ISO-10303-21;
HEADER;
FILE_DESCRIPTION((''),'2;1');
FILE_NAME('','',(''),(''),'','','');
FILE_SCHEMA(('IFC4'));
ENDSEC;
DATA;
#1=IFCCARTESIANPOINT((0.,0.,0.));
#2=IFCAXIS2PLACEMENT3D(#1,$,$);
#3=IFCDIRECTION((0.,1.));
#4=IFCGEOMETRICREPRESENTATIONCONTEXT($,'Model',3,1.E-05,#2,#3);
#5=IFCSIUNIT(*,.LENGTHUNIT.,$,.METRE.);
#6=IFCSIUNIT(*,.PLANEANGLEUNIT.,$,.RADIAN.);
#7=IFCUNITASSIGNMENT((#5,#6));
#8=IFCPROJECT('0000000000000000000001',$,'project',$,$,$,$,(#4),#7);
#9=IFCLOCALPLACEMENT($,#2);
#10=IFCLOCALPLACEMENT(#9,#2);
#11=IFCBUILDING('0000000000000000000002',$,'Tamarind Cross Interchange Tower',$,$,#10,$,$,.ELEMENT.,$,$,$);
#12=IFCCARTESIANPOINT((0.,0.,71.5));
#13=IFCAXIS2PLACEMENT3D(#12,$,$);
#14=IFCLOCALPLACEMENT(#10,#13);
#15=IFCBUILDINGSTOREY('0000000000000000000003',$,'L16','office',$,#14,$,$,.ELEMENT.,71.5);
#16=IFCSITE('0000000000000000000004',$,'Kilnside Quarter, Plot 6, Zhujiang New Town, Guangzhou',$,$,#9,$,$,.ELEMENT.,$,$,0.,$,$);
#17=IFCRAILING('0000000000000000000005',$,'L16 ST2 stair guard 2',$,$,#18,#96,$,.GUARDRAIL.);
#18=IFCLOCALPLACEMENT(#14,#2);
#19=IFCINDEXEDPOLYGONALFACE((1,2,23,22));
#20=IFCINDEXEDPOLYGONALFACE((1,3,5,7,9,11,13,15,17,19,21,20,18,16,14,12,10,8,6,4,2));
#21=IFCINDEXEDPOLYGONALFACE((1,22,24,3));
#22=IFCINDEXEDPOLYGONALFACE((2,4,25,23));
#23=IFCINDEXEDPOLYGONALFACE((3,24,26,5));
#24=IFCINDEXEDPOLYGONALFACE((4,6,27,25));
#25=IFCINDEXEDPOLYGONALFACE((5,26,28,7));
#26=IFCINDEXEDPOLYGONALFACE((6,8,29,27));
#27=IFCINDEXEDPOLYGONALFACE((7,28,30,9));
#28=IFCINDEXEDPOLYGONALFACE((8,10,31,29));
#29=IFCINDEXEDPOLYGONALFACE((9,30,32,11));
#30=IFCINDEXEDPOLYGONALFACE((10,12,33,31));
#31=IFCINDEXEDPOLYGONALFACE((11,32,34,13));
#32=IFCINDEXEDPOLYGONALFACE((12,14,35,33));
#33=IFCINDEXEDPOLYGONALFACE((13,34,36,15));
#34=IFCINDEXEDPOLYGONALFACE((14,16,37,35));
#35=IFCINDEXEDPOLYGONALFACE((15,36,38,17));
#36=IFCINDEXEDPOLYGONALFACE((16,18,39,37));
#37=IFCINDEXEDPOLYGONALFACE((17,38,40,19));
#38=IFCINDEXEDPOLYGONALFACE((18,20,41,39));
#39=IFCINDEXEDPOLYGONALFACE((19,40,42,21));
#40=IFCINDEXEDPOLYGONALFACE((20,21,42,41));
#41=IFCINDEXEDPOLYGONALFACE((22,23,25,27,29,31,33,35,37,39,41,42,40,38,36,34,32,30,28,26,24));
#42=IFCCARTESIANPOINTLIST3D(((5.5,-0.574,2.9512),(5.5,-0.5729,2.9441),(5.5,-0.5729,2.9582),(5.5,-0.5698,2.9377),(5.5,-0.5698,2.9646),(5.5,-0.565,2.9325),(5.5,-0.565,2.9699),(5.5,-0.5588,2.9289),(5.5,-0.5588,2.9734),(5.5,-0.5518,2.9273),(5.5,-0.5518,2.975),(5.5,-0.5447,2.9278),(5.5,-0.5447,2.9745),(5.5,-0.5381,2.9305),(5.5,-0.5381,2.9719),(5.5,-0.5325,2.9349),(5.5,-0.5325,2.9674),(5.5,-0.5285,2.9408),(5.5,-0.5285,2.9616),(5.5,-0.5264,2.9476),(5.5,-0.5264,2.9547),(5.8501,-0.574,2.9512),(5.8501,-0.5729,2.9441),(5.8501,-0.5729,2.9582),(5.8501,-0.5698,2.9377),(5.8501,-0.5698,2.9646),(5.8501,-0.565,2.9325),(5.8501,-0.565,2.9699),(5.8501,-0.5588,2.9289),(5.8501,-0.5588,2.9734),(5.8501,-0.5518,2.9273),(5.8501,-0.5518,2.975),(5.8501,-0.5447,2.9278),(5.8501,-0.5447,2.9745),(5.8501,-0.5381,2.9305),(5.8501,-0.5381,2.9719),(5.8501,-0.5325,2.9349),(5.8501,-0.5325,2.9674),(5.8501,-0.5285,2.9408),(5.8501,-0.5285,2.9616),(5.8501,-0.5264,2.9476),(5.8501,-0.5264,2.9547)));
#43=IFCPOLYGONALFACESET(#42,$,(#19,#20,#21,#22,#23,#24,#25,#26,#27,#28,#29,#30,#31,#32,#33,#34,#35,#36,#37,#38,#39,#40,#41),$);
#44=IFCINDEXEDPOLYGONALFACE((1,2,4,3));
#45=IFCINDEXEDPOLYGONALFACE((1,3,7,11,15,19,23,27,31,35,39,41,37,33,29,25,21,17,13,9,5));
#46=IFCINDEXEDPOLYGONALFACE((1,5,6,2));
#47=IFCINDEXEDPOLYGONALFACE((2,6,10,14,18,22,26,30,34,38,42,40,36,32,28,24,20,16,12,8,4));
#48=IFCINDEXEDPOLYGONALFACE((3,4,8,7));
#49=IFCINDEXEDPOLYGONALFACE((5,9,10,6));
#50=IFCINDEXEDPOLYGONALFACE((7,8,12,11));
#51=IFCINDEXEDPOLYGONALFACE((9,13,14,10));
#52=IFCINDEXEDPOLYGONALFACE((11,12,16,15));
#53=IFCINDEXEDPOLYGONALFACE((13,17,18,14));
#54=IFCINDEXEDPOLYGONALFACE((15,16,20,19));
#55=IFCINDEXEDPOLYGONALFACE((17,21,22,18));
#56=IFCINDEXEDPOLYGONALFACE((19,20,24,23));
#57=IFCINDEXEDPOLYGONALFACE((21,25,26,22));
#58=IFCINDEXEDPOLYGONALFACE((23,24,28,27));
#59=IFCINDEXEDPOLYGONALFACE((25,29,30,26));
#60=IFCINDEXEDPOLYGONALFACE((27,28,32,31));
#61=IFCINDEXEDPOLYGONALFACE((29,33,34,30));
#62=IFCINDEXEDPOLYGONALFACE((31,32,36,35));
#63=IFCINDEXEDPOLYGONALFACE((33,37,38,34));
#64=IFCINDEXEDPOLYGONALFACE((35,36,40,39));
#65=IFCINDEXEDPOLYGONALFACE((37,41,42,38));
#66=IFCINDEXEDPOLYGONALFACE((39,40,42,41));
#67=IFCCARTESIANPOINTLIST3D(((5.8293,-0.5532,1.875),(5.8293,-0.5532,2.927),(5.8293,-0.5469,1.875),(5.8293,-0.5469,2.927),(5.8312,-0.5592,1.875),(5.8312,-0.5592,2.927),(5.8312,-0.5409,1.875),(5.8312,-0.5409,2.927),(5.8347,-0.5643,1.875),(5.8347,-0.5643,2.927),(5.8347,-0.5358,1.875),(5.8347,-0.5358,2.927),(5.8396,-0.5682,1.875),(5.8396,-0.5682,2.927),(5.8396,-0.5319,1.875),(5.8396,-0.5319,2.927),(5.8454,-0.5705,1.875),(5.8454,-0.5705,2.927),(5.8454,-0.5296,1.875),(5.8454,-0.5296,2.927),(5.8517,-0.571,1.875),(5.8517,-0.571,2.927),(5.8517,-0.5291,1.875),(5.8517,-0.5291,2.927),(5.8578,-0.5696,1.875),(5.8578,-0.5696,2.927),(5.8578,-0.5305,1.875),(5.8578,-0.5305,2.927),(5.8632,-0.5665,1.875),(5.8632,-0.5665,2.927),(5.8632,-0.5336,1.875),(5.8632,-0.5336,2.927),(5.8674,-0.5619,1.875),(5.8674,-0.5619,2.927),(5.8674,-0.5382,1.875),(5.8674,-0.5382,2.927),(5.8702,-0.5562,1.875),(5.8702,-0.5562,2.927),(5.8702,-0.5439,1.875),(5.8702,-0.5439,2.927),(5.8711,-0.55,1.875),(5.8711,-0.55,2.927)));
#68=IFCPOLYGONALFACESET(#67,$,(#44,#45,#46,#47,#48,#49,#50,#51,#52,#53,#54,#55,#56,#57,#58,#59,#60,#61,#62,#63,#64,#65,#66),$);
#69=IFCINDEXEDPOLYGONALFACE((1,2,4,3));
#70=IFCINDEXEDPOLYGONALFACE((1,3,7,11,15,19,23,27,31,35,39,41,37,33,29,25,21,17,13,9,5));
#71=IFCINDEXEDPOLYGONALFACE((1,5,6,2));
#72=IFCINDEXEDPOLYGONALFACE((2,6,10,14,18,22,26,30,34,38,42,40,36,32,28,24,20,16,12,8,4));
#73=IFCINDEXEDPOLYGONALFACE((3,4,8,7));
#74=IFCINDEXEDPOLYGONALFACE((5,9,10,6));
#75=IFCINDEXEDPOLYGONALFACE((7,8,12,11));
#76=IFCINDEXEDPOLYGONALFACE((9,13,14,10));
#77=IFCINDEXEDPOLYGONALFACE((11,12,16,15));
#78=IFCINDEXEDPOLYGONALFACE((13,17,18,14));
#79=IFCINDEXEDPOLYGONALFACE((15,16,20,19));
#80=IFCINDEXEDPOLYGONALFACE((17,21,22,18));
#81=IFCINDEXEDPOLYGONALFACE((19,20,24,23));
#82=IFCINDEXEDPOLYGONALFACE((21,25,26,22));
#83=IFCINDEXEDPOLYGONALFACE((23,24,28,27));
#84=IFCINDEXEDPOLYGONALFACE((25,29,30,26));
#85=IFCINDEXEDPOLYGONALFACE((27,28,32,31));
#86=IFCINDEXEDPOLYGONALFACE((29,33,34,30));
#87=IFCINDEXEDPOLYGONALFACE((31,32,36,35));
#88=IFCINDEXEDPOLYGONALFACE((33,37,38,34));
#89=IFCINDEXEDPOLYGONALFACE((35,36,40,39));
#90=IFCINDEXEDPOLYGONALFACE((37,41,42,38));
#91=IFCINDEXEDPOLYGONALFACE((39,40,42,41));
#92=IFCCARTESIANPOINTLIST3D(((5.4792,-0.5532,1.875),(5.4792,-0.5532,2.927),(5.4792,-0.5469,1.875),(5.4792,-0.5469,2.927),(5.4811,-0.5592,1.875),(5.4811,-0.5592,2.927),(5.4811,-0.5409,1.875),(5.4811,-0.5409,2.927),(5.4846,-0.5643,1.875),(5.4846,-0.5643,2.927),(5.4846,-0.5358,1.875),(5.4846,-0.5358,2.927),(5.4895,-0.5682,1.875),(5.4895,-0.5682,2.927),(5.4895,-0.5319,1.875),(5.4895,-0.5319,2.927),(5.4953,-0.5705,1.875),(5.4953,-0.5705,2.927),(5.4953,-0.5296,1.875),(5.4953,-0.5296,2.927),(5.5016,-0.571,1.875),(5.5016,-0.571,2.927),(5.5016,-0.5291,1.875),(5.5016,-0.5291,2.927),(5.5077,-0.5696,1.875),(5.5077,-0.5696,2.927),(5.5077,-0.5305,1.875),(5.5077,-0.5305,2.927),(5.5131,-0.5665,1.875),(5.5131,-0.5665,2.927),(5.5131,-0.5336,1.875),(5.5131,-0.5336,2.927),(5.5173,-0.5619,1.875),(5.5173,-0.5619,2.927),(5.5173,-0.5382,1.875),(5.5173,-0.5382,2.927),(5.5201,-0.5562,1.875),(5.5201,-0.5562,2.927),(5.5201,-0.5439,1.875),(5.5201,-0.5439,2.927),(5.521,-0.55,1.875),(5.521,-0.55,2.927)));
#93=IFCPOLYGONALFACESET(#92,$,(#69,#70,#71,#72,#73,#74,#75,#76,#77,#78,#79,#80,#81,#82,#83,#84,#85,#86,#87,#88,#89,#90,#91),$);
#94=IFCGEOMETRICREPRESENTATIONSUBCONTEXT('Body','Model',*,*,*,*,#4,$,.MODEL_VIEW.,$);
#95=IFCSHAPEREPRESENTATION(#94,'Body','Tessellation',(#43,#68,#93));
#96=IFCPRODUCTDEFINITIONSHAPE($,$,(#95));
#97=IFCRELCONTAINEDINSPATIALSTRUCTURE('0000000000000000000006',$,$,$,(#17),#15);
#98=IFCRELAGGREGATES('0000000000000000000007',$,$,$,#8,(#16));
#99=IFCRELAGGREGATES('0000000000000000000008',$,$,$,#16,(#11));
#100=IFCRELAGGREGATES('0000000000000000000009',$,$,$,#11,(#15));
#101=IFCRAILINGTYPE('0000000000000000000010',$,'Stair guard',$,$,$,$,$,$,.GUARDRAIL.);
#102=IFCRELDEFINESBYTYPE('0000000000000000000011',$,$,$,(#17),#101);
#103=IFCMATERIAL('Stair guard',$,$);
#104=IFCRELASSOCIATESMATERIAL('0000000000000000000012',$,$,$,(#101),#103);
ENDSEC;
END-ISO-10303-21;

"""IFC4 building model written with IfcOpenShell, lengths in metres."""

from ifc_helpers import new_model, si_unit, direction, frame, origin, origin_2d, place, context, subcontext, project, spatial, circle, extrude, material, type_object, element, save


model = new_model("IFC4")

# Units and contexts
model_context = context("Model", 3, precision=1e-05, world=origin(), true_north=direction((0.0, 1.0)))
body_context = subcontext(model_context, "Body", "Model", "MODEL_VIEW")
ifc_project = project(units=[si_unit("LENGTHUNIT", "METRE"), si_unit("PLANEANGLEUNIT", "RADIAN")], contexts=[model_context])

# Site, building, storey
site_placement = place(None, origin())
site = spatial("IfcSite", under=ifc_project, at=site_placement, Name="Kilnside Quarter, Plot 6, Zhujiang New Town, Guangzhou", CompositionType="ELEMENT", RefElevation=0.0)
building_placement = place(site_placement, origin())
building = spatial("IfcBuilding", under=site, at=building_placement, Name="Tamarind Cross Interchange Tower", CompositionType="ELEMENT")
storey_placement = place(building_placement, frame((0.0, 0.0, 71.5)))
storey = spatial("IfcBuildingStorey", under=building, at=storey_placement, Name="L16", Description="office", CompositionType="ELEMENT", Elevation=71.5)

# Railing
ifc_material_1 = material(Name="Stair guard")
railing_type = type_object("IfcRailingType", Name="Stair guard", PredefinedType="GUARDRAIL", material=ifc_material_1)
railing_1_placement = place(storey_placement, frame((5.8501, -0.55, 1.875)))
element("IfcRailing", 1, at=railing_1_placement, inside=storey, type_object=railing_type, Name="L16 ST2 stair guard 2", PredefinedType="GUARDRAIL", context=body_context, shape_type="SweptSolid", body=[
    extrude(circle(Radius=0.0239, at=origin_2d()), frame((0.0, 0.0, 1.0762), z_axis=(-1.0, 0.0, 0.0), x_axis=(0.0, -1.0, 0.0)), (0.0, 0.0, 1.0), 0.3501),
    extrude(circle(Radius=0.021, at=origin_2d()), origin(), (0.0, 0.0, 1.0), 1.052),
    extrude(circle(Radius=0.021, at=origin_2d()), frame((-0.3501, 0.0, 0.0)), (0.0, 0.0, 1.0), 1.052),
])

save(model, "model.ifc")
